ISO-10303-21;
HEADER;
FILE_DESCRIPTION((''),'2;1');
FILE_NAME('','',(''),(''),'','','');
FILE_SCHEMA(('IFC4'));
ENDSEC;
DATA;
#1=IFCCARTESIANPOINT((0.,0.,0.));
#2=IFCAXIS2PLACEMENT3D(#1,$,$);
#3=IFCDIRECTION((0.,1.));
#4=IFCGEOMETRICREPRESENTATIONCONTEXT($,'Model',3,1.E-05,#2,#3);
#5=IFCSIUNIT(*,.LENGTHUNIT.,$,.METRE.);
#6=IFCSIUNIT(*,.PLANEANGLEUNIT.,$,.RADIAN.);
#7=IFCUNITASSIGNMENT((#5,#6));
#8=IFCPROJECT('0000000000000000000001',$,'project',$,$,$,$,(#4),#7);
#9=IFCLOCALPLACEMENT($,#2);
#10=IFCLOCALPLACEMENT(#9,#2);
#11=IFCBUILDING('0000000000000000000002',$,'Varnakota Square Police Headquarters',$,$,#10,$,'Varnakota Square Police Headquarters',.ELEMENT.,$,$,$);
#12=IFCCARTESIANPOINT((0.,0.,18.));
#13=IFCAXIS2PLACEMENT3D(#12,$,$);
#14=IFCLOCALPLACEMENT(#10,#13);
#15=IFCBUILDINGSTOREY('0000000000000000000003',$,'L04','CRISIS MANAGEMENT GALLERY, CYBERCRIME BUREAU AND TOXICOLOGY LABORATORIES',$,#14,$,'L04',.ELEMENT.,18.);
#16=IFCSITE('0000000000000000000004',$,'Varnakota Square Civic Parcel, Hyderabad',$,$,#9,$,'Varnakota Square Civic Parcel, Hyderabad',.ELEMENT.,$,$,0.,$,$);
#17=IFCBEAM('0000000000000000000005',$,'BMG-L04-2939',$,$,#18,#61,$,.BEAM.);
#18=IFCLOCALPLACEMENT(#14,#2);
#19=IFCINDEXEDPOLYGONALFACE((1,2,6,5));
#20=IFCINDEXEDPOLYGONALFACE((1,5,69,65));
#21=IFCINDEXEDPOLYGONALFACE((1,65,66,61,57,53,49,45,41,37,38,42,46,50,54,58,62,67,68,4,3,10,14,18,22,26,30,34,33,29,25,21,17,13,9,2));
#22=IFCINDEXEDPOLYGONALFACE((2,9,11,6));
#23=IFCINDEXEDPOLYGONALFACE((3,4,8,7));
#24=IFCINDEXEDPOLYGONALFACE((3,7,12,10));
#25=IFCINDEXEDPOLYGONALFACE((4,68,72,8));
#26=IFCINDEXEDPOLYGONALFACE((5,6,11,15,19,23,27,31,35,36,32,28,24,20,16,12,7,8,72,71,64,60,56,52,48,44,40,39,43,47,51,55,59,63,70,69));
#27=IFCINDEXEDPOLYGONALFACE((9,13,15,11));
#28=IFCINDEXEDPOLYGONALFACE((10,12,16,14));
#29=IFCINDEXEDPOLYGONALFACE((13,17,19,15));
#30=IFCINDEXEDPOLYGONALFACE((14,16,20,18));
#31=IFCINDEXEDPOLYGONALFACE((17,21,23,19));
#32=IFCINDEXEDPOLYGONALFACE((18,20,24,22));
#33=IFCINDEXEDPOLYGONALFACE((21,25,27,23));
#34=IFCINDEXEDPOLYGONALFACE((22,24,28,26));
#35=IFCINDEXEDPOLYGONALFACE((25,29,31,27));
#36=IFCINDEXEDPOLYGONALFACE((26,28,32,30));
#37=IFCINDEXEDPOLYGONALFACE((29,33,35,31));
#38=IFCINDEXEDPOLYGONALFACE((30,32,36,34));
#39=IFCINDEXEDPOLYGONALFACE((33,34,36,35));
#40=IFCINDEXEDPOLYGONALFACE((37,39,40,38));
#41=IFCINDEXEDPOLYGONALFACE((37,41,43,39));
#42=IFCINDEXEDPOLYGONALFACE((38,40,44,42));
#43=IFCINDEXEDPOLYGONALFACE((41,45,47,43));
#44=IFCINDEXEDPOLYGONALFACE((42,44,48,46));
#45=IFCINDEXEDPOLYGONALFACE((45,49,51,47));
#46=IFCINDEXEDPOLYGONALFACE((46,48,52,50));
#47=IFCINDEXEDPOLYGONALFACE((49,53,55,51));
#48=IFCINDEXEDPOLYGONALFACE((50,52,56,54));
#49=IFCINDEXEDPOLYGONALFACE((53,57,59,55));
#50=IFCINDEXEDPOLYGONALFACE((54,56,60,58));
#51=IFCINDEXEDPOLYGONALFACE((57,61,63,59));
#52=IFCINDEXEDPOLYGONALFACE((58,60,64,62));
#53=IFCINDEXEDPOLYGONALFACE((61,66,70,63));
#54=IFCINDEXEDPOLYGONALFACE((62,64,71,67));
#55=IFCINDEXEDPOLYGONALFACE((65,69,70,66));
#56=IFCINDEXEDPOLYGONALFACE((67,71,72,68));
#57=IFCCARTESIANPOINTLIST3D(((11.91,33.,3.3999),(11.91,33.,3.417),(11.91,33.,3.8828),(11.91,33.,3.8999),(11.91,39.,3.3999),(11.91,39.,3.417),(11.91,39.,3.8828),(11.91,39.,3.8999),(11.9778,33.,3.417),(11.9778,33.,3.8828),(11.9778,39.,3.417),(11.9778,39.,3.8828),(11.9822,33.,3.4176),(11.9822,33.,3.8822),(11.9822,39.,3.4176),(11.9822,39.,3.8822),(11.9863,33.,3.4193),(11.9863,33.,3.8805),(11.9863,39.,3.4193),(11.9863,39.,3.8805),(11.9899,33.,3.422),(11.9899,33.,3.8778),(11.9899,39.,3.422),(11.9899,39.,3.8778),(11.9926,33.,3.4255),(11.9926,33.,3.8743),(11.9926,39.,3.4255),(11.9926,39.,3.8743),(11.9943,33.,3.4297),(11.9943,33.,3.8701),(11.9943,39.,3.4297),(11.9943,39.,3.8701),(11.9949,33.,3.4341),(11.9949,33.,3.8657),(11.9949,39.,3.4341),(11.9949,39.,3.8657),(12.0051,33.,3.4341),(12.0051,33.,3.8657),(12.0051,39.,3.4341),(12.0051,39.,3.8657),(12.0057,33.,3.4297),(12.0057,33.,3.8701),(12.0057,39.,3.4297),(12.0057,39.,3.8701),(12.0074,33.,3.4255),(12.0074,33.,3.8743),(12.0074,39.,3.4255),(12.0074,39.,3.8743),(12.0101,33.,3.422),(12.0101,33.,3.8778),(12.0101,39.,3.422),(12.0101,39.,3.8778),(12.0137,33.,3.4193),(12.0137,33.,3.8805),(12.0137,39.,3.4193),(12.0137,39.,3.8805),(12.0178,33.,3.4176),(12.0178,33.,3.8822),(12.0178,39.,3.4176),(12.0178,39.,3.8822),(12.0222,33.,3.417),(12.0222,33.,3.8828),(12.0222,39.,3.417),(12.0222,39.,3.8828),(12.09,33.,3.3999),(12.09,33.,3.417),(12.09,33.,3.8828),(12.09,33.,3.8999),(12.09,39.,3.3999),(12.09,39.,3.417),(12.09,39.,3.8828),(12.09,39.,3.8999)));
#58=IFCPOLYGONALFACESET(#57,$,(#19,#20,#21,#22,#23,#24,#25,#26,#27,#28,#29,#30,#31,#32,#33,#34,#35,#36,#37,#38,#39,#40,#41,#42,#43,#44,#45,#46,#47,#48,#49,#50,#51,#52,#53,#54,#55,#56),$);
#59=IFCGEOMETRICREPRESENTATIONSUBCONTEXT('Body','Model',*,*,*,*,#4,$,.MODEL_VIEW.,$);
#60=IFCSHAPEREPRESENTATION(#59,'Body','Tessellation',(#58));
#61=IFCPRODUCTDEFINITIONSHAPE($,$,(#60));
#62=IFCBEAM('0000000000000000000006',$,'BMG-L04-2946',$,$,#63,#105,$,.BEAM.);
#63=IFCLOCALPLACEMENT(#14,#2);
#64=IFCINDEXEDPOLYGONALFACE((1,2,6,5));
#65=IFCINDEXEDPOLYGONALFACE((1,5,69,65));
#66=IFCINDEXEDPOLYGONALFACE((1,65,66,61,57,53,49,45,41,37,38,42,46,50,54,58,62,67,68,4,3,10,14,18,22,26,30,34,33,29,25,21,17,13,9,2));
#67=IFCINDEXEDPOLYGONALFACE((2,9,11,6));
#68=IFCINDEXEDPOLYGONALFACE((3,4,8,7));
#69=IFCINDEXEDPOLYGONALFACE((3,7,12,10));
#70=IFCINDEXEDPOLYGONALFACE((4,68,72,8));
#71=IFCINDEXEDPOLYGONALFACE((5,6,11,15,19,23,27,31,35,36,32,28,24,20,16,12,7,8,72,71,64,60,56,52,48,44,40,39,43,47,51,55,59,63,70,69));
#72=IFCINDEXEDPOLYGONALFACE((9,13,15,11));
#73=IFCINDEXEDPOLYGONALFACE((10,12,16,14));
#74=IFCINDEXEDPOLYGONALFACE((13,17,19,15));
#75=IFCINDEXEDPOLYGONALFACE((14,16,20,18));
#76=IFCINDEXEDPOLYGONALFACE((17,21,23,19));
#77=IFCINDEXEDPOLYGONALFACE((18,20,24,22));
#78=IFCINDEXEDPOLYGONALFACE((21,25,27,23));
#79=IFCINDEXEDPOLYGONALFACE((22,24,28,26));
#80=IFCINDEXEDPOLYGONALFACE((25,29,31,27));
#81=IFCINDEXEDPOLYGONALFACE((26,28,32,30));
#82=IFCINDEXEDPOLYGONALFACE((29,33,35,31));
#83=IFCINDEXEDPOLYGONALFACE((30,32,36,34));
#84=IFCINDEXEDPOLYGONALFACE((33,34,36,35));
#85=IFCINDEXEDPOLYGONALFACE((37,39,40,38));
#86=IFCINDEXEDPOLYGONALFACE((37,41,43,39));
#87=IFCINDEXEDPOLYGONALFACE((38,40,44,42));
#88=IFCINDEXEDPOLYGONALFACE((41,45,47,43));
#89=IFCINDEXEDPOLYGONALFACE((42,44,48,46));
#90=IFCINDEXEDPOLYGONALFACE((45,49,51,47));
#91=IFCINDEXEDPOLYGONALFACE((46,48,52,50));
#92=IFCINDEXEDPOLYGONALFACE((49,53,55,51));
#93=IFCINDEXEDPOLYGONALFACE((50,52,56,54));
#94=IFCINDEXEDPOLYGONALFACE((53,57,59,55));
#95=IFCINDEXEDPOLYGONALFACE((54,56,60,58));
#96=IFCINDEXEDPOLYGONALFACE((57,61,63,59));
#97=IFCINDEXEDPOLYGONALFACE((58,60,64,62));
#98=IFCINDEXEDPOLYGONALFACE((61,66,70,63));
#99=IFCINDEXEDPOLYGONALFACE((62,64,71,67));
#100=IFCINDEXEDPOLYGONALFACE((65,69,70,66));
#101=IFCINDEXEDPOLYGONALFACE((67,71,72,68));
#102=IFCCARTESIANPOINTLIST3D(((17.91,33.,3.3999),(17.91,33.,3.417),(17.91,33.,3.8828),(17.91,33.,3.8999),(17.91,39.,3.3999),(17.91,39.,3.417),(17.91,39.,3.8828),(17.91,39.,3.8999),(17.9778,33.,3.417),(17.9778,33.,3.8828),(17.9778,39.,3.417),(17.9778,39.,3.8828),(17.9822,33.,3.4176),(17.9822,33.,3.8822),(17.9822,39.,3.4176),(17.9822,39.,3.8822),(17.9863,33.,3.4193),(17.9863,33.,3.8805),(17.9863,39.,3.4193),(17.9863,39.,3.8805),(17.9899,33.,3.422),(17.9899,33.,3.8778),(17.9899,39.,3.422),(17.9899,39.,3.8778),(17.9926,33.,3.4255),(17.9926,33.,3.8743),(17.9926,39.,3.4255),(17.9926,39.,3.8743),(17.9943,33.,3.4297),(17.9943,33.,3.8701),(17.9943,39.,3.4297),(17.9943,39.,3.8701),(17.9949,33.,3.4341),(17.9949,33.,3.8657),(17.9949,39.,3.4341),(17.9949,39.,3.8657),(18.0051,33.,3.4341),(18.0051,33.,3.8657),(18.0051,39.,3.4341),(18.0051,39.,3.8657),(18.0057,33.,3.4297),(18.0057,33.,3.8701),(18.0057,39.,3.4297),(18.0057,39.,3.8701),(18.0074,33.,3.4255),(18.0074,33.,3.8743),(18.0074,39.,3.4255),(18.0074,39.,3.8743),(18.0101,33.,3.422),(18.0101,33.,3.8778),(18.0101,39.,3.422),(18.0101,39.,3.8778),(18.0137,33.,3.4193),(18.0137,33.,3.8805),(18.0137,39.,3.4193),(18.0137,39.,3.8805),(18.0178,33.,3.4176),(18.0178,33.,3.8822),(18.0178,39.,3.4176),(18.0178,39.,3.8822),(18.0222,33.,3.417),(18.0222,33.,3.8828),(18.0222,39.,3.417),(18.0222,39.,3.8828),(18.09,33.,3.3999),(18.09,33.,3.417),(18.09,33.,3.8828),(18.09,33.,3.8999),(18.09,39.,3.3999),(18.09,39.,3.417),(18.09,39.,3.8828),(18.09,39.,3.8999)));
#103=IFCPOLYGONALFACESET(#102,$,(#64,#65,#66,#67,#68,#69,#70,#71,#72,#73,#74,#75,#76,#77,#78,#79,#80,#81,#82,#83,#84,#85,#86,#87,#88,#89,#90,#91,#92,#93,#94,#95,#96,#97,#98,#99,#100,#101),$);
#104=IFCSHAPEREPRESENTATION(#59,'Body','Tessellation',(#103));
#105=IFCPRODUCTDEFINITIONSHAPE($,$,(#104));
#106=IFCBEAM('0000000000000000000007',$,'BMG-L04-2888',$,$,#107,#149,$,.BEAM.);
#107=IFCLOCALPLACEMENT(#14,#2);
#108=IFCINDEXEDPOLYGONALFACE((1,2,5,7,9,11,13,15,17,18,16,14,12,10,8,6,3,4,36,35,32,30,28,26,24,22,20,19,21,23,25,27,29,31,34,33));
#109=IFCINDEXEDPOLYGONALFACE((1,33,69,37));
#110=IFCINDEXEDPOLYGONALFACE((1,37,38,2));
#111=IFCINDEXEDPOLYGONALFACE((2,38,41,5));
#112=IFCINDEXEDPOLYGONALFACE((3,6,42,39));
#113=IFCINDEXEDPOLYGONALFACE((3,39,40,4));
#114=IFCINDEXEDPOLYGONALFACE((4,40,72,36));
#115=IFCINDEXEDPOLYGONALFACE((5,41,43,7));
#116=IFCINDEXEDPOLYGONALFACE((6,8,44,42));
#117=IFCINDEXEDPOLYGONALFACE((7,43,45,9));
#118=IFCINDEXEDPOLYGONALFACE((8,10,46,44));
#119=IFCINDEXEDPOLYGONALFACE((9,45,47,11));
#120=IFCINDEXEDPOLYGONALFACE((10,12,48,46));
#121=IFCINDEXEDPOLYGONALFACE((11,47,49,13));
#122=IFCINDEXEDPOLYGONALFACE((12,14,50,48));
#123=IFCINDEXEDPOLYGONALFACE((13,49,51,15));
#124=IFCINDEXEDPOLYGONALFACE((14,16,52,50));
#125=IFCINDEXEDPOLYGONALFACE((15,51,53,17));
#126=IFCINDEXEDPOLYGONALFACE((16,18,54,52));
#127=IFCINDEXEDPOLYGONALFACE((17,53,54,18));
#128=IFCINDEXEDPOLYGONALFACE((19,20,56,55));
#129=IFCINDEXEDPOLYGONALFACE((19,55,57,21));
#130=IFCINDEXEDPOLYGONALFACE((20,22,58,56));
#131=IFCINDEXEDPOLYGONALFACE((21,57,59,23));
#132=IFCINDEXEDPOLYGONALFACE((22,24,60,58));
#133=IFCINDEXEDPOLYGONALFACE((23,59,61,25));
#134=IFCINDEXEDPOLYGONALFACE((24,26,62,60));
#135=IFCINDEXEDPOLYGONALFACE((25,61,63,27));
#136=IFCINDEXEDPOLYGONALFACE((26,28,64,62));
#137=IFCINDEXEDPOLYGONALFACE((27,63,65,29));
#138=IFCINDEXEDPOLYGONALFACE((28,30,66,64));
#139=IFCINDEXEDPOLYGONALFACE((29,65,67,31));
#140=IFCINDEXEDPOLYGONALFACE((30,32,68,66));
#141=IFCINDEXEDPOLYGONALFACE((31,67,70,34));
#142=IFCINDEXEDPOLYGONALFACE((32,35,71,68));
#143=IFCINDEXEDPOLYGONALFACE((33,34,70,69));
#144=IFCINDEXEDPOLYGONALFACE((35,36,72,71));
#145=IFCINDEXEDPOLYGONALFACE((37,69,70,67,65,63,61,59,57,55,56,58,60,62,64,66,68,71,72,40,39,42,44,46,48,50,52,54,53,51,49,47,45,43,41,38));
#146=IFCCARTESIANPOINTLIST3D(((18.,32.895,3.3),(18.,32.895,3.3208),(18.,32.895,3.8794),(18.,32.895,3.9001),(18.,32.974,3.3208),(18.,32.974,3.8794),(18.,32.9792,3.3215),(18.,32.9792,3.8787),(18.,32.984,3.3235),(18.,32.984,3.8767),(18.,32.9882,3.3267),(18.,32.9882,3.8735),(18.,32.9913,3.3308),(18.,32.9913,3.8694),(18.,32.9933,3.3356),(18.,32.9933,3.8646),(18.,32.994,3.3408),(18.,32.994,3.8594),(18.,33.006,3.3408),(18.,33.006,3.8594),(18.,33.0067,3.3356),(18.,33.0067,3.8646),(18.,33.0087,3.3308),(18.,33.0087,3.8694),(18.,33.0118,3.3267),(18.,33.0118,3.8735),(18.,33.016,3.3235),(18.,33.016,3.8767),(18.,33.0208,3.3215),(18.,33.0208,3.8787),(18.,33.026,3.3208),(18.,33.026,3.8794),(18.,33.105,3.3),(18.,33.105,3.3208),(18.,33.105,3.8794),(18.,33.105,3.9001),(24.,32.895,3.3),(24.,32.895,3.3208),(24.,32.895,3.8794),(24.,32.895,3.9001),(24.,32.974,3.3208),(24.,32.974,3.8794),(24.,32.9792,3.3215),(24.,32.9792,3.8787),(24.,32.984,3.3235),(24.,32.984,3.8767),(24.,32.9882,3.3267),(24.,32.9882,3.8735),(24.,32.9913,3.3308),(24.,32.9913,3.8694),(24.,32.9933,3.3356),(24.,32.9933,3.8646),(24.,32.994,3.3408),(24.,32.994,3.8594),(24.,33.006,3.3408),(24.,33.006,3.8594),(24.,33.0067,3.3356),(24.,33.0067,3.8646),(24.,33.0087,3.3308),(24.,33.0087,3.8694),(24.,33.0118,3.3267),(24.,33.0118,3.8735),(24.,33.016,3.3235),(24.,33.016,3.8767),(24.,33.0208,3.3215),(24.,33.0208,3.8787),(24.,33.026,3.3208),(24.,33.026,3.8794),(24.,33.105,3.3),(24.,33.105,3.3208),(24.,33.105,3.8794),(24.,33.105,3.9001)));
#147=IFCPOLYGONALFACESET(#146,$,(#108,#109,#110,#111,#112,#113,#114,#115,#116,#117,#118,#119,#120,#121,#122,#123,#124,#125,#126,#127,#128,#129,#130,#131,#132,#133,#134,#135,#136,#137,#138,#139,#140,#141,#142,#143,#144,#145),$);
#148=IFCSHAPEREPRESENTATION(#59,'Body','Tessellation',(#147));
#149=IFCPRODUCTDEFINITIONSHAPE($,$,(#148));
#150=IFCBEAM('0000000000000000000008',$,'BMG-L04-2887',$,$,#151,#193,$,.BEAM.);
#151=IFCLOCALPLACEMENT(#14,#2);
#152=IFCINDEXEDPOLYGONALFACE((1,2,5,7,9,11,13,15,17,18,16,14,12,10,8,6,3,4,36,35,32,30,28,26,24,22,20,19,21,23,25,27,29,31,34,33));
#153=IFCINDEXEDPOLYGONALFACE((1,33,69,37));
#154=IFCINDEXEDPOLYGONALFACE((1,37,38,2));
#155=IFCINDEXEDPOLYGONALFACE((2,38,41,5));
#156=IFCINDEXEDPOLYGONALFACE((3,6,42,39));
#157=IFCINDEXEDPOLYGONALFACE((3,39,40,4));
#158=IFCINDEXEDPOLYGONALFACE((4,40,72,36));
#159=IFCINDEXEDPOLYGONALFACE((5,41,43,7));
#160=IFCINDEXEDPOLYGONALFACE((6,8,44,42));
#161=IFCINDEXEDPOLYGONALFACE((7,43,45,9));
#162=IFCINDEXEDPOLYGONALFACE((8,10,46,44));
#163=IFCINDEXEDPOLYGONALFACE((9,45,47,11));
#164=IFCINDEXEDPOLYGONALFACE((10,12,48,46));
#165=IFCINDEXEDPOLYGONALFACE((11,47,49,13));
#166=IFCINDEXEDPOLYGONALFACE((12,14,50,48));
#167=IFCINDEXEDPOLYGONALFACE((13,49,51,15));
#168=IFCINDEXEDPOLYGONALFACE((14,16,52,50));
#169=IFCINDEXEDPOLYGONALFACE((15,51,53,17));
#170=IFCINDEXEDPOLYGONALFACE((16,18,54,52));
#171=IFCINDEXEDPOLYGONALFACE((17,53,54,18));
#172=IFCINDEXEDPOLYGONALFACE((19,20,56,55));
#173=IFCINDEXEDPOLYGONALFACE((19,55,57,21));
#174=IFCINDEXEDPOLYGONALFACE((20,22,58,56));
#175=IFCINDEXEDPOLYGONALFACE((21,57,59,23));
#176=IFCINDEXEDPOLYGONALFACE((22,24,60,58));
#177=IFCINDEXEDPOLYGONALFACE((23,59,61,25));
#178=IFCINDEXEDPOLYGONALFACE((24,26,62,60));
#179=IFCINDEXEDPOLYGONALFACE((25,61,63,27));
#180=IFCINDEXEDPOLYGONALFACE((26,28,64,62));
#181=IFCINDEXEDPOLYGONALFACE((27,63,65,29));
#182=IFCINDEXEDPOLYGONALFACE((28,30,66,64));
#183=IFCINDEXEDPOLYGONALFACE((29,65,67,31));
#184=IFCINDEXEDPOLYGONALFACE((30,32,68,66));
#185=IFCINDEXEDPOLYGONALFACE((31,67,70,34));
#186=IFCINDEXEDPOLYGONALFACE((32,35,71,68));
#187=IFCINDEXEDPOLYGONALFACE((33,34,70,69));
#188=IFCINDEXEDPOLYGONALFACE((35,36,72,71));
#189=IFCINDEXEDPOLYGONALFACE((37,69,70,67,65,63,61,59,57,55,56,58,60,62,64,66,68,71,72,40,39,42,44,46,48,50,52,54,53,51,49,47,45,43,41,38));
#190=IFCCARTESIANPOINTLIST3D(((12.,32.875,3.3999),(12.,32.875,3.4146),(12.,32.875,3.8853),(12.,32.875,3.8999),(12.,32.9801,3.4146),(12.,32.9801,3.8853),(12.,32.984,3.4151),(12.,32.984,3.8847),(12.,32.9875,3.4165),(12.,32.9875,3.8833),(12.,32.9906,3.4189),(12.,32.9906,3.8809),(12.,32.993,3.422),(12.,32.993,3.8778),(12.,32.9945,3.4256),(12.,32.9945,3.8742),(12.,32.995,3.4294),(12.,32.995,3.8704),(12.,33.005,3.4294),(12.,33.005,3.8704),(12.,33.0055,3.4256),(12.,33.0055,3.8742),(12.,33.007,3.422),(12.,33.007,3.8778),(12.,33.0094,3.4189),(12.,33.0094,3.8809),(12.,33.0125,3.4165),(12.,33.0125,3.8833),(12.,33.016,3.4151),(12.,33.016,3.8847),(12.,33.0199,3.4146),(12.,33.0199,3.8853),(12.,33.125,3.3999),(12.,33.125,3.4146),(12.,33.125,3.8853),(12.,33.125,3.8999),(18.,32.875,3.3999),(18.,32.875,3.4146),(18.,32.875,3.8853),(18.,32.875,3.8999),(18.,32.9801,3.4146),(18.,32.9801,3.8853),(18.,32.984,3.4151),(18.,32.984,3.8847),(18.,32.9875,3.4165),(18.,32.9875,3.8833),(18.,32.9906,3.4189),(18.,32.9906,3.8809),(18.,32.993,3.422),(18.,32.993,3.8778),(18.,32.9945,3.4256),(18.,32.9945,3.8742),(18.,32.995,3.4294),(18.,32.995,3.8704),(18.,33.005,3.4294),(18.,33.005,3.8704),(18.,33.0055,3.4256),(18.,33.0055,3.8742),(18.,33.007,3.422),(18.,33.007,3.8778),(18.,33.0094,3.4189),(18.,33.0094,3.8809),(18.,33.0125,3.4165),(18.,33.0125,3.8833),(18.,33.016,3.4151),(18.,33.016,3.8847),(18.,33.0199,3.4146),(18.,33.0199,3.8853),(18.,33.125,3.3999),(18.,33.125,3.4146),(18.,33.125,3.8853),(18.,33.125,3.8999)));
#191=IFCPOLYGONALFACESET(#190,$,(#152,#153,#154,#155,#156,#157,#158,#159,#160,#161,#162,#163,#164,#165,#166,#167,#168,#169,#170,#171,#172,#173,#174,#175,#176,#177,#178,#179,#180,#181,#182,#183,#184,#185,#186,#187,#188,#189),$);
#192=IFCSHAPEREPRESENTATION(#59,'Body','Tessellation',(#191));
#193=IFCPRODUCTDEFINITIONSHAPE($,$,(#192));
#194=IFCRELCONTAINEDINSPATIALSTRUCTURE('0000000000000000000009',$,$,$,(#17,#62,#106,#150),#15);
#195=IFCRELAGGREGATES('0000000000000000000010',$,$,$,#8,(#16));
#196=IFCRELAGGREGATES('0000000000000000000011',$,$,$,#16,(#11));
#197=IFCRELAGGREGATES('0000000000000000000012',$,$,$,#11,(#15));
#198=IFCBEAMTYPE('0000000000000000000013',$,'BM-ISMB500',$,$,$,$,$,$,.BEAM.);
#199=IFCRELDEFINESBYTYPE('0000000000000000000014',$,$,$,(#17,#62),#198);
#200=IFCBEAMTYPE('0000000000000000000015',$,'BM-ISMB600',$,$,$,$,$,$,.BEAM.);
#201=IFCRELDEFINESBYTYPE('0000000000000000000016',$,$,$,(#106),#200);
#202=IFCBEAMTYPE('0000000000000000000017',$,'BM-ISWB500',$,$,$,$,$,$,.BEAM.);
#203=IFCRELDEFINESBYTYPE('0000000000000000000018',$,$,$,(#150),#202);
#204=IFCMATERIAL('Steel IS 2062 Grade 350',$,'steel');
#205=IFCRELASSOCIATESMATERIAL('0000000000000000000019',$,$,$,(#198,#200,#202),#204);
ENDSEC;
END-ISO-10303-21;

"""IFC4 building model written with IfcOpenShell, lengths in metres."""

from ifc_helpers import new_model, si_unit, direction, frame, origin, origin_2d, place, context, subcontext, project, spatial, i_section, extrude, material, material_profile, profile_set, type_object, element, save


model = new_model("IFC4")

# Units and contexts
model_context = context("Model", 3, precision=1e-05, world=origin(), true_north=direction((0.0, 1.0)))
body_context = subcontext(model_context, "Body", "Model", "MODEL_VIEW")
ifc_project = project(units=[si_unit("LENGTHUNIT", "METRE"), si_unit("PLANEANGLEUNIT", "RADIAN")], contexts=[model_context])

# Site, building, storey
site_placement = place(None, origin())
site = spatial("IfcSite", under=ifc_project, at=site_placement, Name="Varnakota Square Civic Parcel, Hyderabad", LongName="Varnakota Square Civic Parcel, Hyderabad", CompositionType="ELEMENT", RefElevation=0.0)
building_placement = place(site_placement, origin())
building = spatial("IfcBuilding", under=site, at=building_placement, Name="Varnakota Square Police Headquarters", LongName="Varnakota Square Police Headquarters", CompositionType="ELEMENT")
storey_placement = place(building_placement, frame((0.0, 0.0, 18.0)))
storey = spatial("IfcBuildingStorey", under=building, at=storey_placement, Name="L04", Description="CRISIS MANAGEMENT GALLERY, CYBERCRIME BUREAU AND TOXICOLOGY LABORATORIES", LongName="L04", CompositionType="ELEMENT", Elevation=18.0)

# Shared definitions
ifc_material_1 = material(Name="Steel IS 2062 Grade 350", Category="steel")

# Beams
ifc_material_profile_1 = material_profile(ifc_material_1, i_section(OverallWidth=0.1799, OverallDepth=0.5, WebThickness=0.0103, FlangeThickness=0.0171, FilletRadius=0.0171, at=origin_2d()), Name="ISMB 500")
ifc_profile_set_1 = profile_set([ifc_material_profile_1], Name="Steel IS 2062 Grade 350")
beam_type_1 = type_object("IfcBeamType", Name="BM-ISMB500", PredefinedType="BEAM", material=ifc_profile_set_1)
for number, where, z_axis, x_axis, name in (
    (1, (12.0, 33.0, 3.6499), (0.0, 1.0, 0.0), (-1.0, 0.0, 0.0), "BMG-L04-2939"),
    (2, (18.0, 33.0, 3.6499), (0.0, 1.0, 0.0), (-1.0, 0.0, 0.0), "BMG-L04-2946"),
):
    element("IfcBeam", number, at=place(storey_placement, frame(where, z_axis=z_axis, x_axis=x_axis)), inside=storey, type_object=beam_type_1, Name=name, PredefinedType="BEAM", context=body_context, shape_type="SweptSolid", body=[
        extrude(i_section(OverallWidth=0.1799, OverallDepth=0.5, WebThickness=0.0103, FlangeThickness=0.0171, FilletRadius=0.0171, at=origin_2d()), origin(), (0.0, 0.0, 1.0), 6.0),
    ])
ifc_material_profile_2 = material_profile(ifc_material_1, i_section(OverallWidth=0.21, OverallDepth=0.6001, WebThickness=0.012, FlangeThickness=0.0208, FilletRadius=0.02, at=origin_2d()), Name="ISMB 600")
ifc_profile_set_2 = profile_set([ifc_material_profile_2], Name="Steel IS 2062 Grade 350")
beam_type_2 = type_object("IfcBeamType", Name="BM-ISMB600", PredefinedType="BEAM", material=ifc_profile_set_2)
beam_1_placement = place(storey_placement, frame((18.0, 33.0, 3.6001), z_axis=(1.0, 0.0, 0.0), x_axis=(0.0, 1.0, 0.0)))
element("IfcBeam", 3, at=beam_1_placement, inside=storey, type_object=beam_type_2, Name="BMG-L04-2888", PredefinedType="BEAM", context=body_context, shape_type="SweptSolid", body=[
    extrude(i_section(OverallWidth=0.21, OverallDepth=0.6001, WebThickness=0.012, FlangeThickness=0.0208, FilletRadius=0.02, at=origin_2d()), origin(), (0.0, 0.0, 1.0), 6.0),
])
ifc_material_profile_3 = material_profile(ifc_material_1, i_section(OverallWidth=0.25, OverallDepth=0.5, WebThickness=0.01, FlangeThickness=0.0146, FilletRadius=0.0149, at=origin_2d()), Name="ISWB 500")
ifc_profile_set_3 = profile_set([ifc_material_profile_3], Name="Steel IS 2062 Grade 350")
beam_type_3 = type_object("IfcBeamType", Name="BM-ISWB500", PredefinedType="BEAM", material=ifc_profile_set_3)
beam_2_placement = place(storey_placement, frame((12.0, 33.0, 3.6499), z_axis=(1.0, 0.0, 0.0), x_axis=(0.0, 1.0, 0.0)))
element("IfcBeam", 4, at=beam_2_placement, inside=storey, type_object=beam_type_3, Name="BMG-L04-2887", PredefinedType="BEAM", context=body_context, shape_type="SweptSolid", body=[
    extrude(i_section(OverallWidth=0.25, OverallDepth=0.5, WebThickness=0.01, FlangeThickness=0.0146, FilletRadius=0.0149, at=origin_2d()), origin(), (0.0, 0.0, 1.0), 6.0),
])

save(model, "model.ifc")
